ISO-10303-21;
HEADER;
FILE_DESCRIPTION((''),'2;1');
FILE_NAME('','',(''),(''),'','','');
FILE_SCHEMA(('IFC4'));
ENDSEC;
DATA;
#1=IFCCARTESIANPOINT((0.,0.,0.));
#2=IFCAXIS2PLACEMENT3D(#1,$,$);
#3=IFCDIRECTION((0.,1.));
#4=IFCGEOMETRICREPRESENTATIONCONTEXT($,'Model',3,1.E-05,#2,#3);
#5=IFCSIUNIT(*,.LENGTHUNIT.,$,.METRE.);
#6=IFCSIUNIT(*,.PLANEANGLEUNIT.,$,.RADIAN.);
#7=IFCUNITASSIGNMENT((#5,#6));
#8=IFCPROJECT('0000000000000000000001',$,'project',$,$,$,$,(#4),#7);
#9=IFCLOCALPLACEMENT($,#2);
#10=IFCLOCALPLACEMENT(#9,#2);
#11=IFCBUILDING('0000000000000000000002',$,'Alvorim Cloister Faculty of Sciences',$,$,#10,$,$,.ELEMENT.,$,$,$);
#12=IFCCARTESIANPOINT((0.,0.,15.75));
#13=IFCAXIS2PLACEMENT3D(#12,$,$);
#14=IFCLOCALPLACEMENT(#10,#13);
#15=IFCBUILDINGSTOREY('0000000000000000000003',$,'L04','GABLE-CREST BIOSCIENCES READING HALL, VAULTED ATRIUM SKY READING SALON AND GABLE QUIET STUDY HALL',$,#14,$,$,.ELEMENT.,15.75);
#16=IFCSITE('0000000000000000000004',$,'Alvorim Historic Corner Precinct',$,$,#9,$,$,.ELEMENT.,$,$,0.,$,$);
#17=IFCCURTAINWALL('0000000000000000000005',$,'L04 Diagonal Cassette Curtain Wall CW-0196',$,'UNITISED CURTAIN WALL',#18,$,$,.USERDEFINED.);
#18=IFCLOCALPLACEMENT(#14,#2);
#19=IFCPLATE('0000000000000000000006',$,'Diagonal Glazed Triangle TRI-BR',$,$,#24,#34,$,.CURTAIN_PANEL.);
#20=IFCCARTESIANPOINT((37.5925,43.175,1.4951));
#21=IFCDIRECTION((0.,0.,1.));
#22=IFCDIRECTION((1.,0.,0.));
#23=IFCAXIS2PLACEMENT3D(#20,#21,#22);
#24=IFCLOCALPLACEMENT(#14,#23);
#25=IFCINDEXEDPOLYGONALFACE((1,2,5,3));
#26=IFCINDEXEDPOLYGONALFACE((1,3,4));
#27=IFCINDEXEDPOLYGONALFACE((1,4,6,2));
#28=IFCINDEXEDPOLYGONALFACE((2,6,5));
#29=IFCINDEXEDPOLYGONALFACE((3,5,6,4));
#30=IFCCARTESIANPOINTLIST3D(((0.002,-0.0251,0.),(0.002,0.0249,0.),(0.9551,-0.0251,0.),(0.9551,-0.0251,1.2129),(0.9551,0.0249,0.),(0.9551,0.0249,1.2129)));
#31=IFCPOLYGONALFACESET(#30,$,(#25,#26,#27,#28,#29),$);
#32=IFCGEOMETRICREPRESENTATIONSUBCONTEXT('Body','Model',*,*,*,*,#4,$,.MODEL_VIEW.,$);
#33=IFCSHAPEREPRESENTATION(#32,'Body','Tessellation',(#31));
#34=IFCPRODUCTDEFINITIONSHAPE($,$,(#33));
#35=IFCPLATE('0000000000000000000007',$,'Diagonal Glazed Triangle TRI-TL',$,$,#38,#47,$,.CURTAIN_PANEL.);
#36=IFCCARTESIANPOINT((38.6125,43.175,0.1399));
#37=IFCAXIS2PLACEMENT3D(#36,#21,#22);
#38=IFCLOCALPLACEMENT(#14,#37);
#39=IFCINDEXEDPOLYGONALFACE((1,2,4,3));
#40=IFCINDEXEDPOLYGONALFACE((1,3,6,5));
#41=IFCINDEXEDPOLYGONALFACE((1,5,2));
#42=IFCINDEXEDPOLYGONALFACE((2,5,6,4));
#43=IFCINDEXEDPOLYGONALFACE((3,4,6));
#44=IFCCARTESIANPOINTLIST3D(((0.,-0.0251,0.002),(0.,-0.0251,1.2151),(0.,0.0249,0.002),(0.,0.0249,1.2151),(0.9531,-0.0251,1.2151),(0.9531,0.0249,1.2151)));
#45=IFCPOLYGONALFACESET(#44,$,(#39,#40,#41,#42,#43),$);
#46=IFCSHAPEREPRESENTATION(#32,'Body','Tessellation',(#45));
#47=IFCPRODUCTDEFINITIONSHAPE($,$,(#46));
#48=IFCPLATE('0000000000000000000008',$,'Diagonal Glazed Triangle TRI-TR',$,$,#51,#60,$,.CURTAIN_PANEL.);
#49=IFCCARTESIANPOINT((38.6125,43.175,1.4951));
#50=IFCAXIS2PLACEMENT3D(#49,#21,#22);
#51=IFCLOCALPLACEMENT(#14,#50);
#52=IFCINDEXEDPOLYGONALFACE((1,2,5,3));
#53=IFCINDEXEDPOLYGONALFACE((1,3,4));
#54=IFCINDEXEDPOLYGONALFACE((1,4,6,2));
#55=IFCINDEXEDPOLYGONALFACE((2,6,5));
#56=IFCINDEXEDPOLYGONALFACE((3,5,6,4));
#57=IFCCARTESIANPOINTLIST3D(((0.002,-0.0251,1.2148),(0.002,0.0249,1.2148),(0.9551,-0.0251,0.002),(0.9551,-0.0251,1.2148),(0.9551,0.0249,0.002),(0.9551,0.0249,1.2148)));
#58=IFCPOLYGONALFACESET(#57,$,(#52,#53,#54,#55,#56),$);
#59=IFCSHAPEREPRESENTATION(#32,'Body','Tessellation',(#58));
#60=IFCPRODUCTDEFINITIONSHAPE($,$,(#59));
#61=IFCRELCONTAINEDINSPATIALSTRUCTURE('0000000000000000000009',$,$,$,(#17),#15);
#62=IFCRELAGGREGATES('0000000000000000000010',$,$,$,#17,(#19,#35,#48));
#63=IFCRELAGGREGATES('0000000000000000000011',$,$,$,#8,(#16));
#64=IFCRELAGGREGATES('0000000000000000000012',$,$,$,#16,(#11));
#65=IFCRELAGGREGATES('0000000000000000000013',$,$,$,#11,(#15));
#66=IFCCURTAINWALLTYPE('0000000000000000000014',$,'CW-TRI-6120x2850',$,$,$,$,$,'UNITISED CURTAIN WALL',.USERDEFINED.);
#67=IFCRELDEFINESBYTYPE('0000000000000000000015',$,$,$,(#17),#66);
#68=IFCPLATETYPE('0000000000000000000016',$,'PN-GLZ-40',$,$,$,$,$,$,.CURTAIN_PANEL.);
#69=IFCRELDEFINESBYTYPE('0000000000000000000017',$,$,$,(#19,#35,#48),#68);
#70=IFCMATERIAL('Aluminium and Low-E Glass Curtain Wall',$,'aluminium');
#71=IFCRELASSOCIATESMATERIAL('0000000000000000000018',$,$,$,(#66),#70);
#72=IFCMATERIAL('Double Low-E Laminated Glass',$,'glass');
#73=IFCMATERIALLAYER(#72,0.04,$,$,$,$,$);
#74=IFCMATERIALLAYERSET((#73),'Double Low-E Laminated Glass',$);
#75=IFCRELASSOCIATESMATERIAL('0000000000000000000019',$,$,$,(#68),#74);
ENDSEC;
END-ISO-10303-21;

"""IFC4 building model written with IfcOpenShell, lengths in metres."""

from ifc_helpers import new_model, si_unit, direction, frame, origin, place, context, subcontext, project, spatial, polyline, outline, extrude, material, layer, layer_set, type_object, element, aggregate, save


model = new_model("IFC4")

# Units and contexts
model_context = context("Model", 3, precision=1e-05, world=origin(), true_north=direction((0.0, 1.0)))
body_context = subcontext(model_context, "Body", "Model", "MODEL_VIEW")
ifc_project = project(units=[si_unit("LENGTHUNIT", "METRE"), si_unit("PLANEANGLEUNIT", "RADIAN")], contexts=[model_context])

# Site, building, storey
site_placement = place(None, origin())
site = spatial("IfcSite", under=ifc_project, at=site_placement, Name="Alvorim Historic Corner Precinct", CompositionType="ELEMENT", RefElevation=0.0)
building_placement = place(site_placement, origin())
building = spatial("IfcBuilding", under=site, at=building_placement, Name="Alvorim Cloister Faculty of Sciences", CompositionType="ELEMENT")
storey_placement = place(building_placement, frame((0.0, 0.0, 15.75)))
storey = spatial("IfcBuildingStorey", under=building, at=storey_placement, Name="L04", Description="GABLE-CREST BIOSCIENCES READING HALL, VAULTED ATRIUM SKY READING SALON AND GABLE QUIET STUDY HALL", CompositionType="ELEMENT", Elevation=15.75)

# Curtain wall, plates
ifc_material_1 = material(Name="Aluminium and Low-E Glass Curtain Wall", Category="aluminium")
curtain_wall_type = type_object("IfcCurtainWallType", Name="CW-TRI-6120x2850", ElementType="UNITISED CURTAIN WALL", PredefinedType="USERDEFINED", material=ifc_material_1)
curtain_wall_placement = place(storey_placement, origin())
curtain_wall = element("IfcCurtainWall", 1, at=curtain_wall_placement, inside=storey, type_object=curtain_wall_type, Name="L04 Diagonal Cassette Curtain Wall CW-0196", ObjectType="UNITISED CURTAIN WALL", PredefinedType="USERDEFINED")
ifc_material_2 = material(Name="Double Low-E Laminated Glass", Category="glass")
ifc_layer_1 = layer(ifc_material_2, 0.04)
ifc_layer_set_1 = layer_set([ifc_layer_1], Name="Double Low-E Laminated Glass")
plate_type = type_object("IfcPlateType", Name="PN-GLZ-40", PredefinedType="CURTAIN_PANEL", material=ifc_layer_set_1)
plate_1_placement = place(storey_placement, frame((37.5925, 43.175, 1.4951), z_axis=(0.0, 0.0, 1.0), x_axis=(1.0, 0.0, 0.0)))
plate_1 = element("IfcPlate", 2, at=plate_1_placement, type_object=plate_type, Name="Diagonal Glazed Triangle TRI-BR", PredefinedType="CURTAIN_PANEL", context=body_context, shape_type="SweptSolid", body=[
    extrude(outline(polyline([(0.002, 0.0), (0.9551, 0.0), (0.9551, 1.2129), (0.002, 0.0)])), frame((0.0, 0.0249, 0.0), z_axis=(0.0, -1.0, 0.0), x_axis=(1.0, 0.0, 0.0)), (0.0, 0.0, 1.0), 0.05),
])
plate_2_placement = place(storey_placement, frame((38.6125, 43.175, 0.1399), z_axis=(0.0, 0.0, 1.0), x_axis=(1.0, 0.0, 0.0)))
plate_2 = element("IfcPlate", 3, at=plate_2_placement, type_object=plate_type, Name="Diagonal Glazed Triangle TRI-TL", PredefinedType="CURTAIN_PANEL", context=body_context, shape_type="SweptSolid", body=[
    extrude(outline(polyline([(0.9531, 1.2151), (0.0, 1.2151), (0.0, 0.002), (0.9531, 1.2151)])), frame((0.0, 0.0249, 0.0), z_axis=(0.0, -1.0, 0.0), x_axis=(1.0, 0.0, 0.0)), (0.0, 0.0, 1.0), 0.05),
])
plate_3_placement = place(storey_placement, frame((38.6125, 43.175, 1.4951), z_axis=(0.0, 0.0, 1.0), x_axis=(1.0, 0.0, 0.0)))
plate_3 = element("IfcPlate", 4, at=plate_3_placement, type_object=plate_type, Name="Diagonal Glazed Triangle TRI-TR", PredefinedType="CURTAIN_PANEL", context=body_context, shape_type="SweptSolid", body=[
    extrude(outline(polyline([(0.9551, 0.002), (0.9551, 1.2148), (0.002, 1.2148), (0.9551, 0.002)])), frame((0.0, 0.0249, 0.0), z_axis=(0.0, -1.0, 0.0), x_axis=(1.0, 0.0, 0.0)), (0.0, 0.0, 1.0), 0.05),
])
aggregate(curtain_wall, [plate_1, plate_2, plate_3])

save(model, "model.ifc")
